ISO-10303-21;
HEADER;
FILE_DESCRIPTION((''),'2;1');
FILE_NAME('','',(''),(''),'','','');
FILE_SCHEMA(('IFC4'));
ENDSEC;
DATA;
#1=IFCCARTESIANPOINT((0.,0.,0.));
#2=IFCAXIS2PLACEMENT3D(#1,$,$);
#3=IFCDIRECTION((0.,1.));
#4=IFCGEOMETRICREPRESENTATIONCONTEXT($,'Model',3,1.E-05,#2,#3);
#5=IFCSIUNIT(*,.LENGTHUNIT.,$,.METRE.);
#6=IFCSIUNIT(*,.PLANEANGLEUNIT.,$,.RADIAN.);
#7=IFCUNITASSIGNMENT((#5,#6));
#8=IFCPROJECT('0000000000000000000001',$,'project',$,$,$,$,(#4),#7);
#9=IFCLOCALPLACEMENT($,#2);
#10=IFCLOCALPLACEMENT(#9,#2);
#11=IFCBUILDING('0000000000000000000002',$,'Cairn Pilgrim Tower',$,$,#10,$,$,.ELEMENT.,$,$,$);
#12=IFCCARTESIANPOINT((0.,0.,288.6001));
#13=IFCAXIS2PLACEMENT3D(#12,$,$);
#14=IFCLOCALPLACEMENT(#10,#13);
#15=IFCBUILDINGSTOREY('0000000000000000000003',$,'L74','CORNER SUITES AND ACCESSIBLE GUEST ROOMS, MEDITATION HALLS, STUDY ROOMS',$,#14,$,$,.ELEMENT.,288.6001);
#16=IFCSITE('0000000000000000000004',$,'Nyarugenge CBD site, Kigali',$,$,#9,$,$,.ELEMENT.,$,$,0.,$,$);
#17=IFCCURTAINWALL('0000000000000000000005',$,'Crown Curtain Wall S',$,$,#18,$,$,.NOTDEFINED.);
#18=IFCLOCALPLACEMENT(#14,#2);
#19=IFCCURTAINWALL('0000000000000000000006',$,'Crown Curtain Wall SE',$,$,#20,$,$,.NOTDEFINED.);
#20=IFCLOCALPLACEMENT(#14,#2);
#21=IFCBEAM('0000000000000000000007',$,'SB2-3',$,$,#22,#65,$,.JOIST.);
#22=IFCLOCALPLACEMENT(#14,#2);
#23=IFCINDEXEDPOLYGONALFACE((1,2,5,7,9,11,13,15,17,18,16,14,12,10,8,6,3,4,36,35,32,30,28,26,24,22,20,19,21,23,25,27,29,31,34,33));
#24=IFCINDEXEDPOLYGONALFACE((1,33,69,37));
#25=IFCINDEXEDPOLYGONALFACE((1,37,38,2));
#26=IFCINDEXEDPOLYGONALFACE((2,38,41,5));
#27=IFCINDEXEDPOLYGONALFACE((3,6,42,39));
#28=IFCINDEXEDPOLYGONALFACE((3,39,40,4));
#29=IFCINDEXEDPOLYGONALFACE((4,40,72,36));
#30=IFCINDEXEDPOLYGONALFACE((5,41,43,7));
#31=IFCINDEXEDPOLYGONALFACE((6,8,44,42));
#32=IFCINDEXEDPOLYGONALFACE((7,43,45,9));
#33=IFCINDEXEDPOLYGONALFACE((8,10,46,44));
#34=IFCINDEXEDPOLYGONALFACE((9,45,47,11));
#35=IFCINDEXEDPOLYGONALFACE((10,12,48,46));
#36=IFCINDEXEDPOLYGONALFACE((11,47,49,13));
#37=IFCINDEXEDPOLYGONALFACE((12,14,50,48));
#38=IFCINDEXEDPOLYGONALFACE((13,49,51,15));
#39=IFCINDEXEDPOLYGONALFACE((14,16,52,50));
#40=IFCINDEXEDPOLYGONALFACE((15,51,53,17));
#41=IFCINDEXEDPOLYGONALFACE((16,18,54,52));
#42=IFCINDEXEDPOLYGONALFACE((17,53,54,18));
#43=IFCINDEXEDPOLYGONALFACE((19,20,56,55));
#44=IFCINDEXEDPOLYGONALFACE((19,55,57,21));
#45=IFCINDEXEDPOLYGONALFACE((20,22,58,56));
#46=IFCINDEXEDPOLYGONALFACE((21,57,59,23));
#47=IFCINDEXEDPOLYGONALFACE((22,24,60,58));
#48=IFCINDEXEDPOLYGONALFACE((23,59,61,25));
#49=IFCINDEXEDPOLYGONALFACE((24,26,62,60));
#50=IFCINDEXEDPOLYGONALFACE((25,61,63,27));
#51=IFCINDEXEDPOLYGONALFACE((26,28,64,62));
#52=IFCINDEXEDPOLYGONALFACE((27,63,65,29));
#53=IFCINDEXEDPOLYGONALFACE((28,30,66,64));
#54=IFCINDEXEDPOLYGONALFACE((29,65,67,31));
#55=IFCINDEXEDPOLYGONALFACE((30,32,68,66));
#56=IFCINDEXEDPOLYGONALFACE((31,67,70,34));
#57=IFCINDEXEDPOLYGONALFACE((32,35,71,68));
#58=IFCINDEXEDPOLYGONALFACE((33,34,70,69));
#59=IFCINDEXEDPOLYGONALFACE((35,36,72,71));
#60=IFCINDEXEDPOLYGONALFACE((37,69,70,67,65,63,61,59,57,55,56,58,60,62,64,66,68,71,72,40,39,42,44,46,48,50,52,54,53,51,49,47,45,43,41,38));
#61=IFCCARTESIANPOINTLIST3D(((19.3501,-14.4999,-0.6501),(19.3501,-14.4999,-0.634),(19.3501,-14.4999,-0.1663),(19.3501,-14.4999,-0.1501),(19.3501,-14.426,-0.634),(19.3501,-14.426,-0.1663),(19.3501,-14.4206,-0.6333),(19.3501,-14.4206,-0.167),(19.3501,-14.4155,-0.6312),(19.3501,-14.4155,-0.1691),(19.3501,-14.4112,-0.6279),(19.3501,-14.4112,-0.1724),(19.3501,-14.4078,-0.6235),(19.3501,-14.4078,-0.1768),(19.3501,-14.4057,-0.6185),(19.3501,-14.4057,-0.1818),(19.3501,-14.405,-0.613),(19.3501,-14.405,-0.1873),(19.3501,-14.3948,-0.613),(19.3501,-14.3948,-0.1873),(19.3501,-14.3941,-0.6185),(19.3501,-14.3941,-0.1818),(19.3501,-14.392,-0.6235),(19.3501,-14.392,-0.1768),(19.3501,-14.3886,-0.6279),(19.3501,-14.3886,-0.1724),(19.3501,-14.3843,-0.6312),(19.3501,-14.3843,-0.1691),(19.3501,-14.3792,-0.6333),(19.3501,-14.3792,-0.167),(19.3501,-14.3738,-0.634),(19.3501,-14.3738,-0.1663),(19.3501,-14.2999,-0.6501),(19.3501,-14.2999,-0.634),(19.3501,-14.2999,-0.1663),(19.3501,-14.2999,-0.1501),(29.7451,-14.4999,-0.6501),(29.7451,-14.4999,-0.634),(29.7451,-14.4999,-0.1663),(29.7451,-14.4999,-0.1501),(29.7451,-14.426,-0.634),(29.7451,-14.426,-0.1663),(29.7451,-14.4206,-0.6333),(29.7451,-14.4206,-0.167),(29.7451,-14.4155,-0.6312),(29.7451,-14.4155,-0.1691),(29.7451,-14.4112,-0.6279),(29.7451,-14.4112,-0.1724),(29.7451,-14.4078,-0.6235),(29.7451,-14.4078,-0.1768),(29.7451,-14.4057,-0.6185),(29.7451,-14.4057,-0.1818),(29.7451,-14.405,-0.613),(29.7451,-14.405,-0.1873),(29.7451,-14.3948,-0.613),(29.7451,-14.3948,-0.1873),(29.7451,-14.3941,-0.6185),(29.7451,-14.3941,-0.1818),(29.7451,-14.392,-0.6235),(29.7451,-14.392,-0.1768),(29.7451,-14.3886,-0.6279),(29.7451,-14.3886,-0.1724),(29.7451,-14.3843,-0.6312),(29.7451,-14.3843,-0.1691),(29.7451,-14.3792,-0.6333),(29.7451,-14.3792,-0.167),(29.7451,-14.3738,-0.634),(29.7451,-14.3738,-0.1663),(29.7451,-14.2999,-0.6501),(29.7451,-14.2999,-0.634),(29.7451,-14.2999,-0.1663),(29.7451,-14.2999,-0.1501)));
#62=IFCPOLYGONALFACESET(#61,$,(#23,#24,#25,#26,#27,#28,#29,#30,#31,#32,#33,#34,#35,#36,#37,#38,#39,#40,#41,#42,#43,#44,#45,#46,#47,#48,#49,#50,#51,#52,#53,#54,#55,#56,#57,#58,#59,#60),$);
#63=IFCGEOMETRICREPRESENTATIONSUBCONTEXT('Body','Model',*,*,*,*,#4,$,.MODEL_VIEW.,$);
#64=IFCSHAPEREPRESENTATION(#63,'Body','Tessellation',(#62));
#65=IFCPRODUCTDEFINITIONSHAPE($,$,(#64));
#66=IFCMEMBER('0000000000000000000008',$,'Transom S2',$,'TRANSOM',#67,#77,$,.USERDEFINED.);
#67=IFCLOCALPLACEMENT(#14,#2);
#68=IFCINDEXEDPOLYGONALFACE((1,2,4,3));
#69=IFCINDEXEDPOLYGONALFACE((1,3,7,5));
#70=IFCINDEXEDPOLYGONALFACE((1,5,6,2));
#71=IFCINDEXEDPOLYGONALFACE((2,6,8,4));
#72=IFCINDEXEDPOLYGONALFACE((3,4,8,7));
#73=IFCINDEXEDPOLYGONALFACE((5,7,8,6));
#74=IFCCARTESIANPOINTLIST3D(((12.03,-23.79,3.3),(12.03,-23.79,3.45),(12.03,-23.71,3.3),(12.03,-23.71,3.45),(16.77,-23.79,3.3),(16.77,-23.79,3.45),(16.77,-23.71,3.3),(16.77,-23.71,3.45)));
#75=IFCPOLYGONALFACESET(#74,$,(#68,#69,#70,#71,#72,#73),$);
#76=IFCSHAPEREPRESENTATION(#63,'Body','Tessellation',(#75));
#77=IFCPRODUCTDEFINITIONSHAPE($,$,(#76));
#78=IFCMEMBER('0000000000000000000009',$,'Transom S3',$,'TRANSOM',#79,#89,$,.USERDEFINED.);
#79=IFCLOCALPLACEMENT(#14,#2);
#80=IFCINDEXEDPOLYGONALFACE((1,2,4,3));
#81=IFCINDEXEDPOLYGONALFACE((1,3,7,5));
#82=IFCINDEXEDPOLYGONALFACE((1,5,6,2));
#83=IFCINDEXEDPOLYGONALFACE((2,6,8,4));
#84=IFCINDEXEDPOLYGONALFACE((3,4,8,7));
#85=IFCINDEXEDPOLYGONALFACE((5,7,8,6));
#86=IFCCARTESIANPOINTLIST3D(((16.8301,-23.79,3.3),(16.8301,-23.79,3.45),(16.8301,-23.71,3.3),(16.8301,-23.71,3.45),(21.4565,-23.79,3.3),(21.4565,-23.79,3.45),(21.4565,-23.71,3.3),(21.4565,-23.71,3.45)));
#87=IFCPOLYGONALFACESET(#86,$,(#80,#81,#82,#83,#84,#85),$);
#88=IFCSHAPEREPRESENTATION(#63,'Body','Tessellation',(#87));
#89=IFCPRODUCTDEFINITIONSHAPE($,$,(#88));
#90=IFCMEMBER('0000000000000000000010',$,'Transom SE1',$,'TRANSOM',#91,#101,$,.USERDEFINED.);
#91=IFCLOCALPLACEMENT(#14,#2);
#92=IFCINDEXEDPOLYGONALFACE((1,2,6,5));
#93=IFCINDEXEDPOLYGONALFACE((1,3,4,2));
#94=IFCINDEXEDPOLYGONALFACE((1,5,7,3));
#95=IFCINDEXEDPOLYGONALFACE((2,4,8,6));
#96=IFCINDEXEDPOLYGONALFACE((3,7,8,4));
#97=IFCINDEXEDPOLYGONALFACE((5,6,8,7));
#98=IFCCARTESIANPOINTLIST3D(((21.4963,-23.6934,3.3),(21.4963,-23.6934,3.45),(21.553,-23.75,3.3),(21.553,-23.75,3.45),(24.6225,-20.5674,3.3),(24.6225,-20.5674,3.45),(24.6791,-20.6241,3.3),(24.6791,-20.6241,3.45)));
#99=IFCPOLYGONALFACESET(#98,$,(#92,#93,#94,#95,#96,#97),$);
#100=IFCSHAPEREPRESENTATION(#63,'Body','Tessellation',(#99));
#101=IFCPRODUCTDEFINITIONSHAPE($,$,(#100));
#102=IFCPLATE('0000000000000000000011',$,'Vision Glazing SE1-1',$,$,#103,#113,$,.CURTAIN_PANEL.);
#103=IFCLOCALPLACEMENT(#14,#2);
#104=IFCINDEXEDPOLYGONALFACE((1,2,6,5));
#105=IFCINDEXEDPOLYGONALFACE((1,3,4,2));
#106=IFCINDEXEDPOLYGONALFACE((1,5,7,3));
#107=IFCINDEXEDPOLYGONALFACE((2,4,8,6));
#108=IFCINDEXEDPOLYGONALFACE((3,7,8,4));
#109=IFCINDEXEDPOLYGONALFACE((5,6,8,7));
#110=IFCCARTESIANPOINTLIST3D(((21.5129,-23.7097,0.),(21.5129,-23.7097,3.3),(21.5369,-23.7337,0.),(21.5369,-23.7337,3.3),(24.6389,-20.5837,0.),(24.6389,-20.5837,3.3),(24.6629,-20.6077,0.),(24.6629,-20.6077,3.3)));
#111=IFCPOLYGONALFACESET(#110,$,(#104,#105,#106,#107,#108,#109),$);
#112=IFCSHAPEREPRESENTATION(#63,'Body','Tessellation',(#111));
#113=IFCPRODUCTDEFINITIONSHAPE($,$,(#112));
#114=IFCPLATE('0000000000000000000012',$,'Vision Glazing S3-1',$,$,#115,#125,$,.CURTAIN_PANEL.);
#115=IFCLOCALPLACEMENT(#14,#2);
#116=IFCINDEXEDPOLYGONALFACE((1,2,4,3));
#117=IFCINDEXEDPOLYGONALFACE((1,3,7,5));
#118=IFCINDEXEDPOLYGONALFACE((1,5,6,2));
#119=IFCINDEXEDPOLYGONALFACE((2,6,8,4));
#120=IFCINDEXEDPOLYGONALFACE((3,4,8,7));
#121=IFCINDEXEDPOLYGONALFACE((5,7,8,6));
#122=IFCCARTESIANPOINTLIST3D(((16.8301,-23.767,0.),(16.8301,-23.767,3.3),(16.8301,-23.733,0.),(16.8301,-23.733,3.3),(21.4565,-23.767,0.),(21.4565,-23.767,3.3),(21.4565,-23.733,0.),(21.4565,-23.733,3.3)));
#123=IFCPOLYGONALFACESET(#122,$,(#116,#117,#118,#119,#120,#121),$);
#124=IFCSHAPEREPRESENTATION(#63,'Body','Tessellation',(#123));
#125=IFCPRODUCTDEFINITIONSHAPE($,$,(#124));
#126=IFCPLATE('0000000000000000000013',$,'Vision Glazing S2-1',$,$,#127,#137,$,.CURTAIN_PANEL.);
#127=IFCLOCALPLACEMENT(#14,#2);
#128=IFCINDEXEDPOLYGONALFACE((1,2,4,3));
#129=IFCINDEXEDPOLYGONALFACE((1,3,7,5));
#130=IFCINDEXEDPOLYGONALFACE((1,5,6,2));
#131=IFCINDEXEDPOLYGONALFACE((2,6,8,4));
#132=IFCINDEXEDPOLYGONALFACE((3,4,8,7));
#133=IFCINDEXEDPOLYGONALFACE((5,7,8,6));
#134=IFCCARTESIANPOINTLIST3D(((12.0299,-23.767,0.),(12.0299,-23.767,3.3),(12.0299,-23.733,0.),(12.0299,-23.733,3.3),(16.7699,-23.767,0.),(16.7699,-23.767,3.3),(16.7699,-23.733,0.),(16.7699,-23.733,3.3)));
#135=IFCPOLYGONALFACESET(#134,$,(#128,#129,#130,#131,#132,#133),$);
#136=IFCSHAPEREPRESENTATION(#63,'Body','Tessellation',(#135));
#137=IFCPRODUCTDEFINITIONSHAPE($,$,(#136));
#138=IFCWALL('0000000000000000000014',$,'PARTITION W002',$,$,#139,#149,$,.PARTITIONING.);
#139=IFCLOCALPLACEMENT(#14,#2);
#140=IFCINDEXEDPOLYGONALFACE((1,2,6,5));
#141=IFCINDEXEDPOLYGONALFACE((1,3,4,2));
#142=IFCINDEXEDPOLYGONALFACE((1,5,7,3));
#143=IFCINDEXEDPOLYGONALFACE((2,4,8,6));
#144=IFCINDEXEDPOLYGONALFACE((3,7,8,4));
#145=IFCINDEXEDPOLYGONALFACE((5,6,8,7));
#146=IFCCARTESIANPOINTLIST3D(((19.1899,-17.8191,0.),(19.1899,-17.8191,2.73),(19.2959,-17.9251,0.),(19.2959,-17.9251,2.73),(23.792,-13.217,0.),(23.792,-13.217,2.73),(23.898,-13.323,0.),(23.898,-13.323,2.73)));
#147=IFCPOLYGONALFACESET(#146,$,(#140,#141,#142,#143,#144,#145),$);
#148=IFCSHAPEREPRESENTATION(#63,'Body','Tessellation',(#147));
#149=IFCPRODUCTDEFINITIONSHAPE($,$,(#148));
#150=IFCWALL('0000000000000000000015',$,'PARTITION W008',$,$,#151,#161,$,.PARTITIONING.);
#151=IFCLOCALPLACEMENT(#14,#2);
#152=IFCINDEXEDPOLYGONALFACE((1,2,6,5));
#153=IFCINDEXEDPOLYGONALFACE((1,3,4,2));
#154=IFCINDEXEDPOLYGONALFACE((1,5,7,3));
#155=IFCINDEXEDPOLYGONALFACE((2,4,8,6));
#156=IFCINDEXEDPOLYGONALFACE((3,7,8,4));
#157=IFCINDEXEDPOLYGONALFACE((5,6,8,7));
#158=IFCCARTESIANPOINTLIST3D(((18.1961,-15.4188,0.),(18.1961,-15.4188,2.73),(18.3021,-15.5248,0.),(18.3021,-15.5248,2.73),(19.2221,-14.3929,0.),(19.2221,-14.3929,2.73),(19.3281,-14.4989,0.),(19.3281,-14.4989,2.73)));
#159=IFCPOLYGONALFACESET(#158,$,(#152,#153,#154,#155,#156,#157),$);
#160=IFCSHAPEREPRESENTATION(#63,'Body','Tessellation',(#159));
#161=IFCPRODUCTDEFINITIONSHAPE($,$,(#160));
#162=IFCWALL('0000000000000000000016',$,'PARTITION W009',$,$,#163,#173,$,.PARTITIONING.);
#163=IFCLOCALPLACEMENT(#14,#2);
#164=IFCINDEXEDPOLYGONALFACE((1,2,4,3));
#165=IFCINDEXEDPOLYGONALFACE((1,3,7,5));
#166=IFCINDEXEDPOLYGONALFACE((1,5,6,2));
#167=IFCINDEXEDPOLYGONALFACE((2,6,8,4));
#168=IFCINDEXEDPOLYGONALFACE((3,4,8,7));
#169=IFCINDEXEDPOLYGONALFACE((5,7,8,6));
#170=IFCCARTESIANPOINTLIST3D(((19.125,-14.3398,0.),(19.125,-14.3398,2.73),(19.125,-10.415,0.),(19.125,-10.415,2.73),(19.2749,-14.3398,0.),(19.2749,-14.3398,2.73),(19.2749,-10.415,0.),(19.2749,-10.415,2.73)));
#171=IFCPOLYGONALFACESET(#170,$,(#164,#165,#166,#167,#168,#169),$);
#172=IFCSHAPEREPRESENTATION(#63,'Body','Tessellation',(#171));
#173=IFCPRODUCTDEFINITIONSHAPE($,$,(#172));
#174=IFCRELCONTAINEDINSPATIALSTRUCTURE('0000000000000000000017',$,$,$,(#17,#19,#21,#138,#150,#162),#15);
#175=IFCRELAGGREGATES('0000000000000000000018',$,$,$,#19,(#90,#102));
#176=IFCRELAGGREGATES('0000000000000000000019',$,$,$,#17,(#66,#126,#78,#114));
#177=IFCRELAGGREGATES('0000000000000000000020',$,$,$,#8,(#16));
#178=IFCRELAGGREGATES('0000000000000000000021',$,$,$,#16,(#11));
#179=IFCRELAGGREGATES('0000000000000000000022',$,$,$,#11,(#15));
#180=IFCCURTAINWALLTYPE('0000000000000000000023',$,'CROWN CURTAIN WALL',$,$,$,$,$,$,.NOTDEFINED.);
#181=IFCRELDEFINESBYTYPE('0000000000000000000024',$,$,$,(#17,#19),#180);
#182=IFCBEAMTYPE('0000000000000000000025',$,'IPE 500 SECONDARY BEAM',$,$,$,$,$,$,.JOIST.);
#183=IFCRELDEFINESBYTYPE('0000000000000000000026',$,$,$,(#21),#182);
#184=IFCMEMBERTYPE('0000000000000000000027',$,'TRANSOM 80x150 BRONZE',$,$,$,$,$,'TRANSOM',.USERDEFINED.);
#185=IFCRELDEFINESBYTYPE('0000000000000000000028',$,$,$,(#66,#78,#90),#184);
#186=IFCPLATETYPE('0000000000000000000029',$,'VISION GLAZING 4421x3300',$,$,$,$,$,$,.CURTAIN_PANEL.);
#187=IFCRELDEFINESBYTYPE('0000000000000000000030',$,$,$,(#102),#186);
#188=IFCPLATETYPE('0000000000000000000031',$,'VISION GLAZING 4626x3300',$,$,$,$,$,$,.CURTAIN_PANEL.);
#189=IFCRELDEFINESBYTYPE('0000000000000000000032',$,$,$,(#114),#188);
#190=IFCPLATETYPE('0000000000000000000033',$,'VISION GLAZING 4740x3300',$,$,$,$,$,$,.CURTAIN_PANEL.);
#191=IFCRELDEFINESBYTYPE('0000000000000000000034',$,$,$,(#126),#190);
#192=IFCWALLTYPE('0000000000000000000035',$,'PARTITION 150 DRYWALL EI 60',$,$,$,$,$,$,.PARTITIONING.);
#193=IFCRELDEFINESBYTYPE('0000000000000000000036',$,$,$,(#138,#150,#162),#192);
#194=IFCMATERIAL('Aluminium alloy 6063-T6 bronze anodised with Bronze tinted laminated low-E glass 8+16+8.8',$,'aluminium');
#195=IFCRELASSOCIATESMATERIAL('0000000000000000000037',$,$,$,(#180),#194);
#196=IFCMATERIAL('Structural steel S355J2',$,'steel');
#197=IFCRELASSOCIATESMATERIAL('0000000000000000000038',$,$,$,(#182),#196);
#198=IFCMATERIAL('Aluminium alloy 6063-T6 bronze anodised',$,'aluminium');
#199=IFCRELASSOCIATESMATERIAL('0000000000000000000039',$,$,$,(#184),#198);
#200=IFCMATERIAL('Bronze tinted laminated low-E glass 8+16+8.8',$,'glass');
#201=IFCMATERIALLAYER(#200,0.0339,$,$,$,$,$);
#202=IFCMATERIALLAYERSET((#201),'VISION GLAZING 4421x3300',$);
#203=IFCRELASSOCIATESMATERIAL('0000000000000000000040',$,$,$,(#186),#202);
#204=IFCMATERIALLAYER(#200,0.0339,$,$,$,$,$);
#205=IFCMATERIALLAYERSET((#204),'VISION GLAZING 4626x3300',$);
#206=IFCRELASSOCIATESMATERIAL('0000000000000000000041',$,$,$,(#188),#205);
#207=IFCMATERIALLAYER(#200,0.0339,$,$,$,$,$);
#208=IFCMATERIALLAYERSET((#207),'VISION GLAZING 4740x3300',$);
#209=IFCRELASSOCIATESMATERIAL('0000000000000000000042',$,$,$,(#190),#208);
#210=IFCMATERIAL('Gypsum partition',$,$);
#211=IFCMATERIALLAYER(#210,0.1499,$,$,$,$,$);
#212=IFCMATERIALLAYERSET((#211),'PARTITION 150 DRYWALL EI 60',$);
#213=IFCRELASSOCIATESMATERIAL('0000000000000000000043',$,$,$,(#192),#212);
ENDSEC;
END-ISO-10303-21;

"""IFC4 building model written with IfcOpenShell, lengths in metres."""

from ifc_helpers import new_model, si_unit, direction, frame, frame_2d, origin, origin_2d, place, context, subcontext, project, spatial, rectangle, i_section, extrude, material, layer, layer_set, material_profile, profile_set, type_object, element, aggregate, save


model = new_model("IFC4")

# Units and contexts
model_context = context("Model", 3, precision=1e-05, world=origin(), true_north=direction((0.0, 1.0)))
body_context = subcontext(model_context, "Body", "Model", "MODEL_VIEW")
ifc_project = project(units=[si_unit("LENGTHUNIT", "METRE"), si_unit("PLANEANGLEUNIT", "RADIAN")], contexts=[model_context])

# Site, building, storey
site_placement = place(None, origin())
site = spatial("IfcSite", under=ifc_project, at=site_placement, Name="Nyarugenge CBD site, Kigali", CompositionType="ELEMENT", RefElevation=0.0)
building_placement = place(site_placement, origin())
building = spatial("IfcBuilding", under=site, at=building_placement, Name="Cairn Pilgrim Tower", CompositionType="ELEMENT")
storey_placement = place(building_placement, frame((0.0, 0.0, 288.6001)))
storey = spatial("IfcBuildingStorey", under=building, at=storey_placement, Name="L74", Description="CORNER SUITES AND ACCESSIBLE GUEST ROOMS, MEDITATION HALLS, STUDY ROOMS", CompositionType="ELEMENT", Elevation=288.6001)

# Shared definitions
ifc_material_1 = material(Name="Structural steel S355J2", Category="steel")

# Curtain wall
ifc_material_2 = material(Name="Aluminium alloy 6063-T6 bronze anodised with Bronze tinted laminated low-E glass 8+16+8.8", Category="aluminium")
curtain_wall_type = type_object("IfcCurtainWallType", Name="CROWN CURTAIN WALL", PredefinedType="NOTDEFINED", material=ifc_material_2)
curtain_wall_1_placement = place(storey_placement, origin())
curtain_wall_1 = element("IfcCurtainWall", 1, at=curtain_wall_1_placement, inside=storey, type_object=curtain_wall_type, Name="Crown Curtain Wall S", PredefinedType="NOTDEFINED")
ifc_material_3 = material(Name="Aluminium alloy 6063-T6 bronze anodised", Category="aluminium")

# Curtain wall
curtain_wall_2_placement = place(storey_placement, origin())
curtain_wall_2 = element("IfcCurtainWall", 2, at=curtain_wall_2_placement, inside=storey, type_object=curtain_wall_type, Name="Crown Curtain Wall SE", PredefinedType="NOTDEFINED")

# Beam
ifc_material_profile_1 = material_profile(ifc_material_1, i_section(OverallWidth=0.2, OverallDepth=0.5, WebThickness=0.0103, FlangeThickness=0.0161, FilletRadius=0.021, at=origin_2d()), Name="IPE 500")
ifc_profile_set_1 = profile_set([ifc_material_profile_1], Name="Structural steel S355J2")
beam_type_1 = type_object("IfcBeamType", Name="IPE 500 SECONDARY BEAM", PredefinedType="JOIST", material=ifc_profile_set_1)
beam_1_placement = place(storey_placement, frame((19.3501, -14.3999, -0.4001), z_axis=(1.0, 0.0, 0.0), x_axis=(0.0, 1.0, 0.0)))
element("IfcBeam", 3, at=beam_1_placement, inside=storey, type_object=beam_type_1, Name="SB2-3", PredefinedType="JOIST", context=body_context, shape_type="SweptSolid", body=[
    extrude(i_section(OverallWidth=0.2, OverallDepth=0.5, WebThickness=0.0103, FlangeThickness=0.0161, FilletRadius=0.021, at=origin_2d()), origin(), (0.0, 0.0, 1.0), 10.395),
])

# Members
ifc_material_profile_2 = material_profile(ifc_material_3, rectangle(XDim=0.0801, YDim=0.1499, at=origin_2d()), Name="TRANSOM 80x150 BRONZE")
ifc_profile_set_2 = profile_set([ifc_material_profile_2], Name="Aluminium alloy 6063-T6 bronze anodised")
member_type_1 = type_object("IfcMemberType", Name="TRANSOM 80x150 BRONZE", ElementType="TRANSOM", PredefinedType="USERDEFINED", material=ifc_profile_set_2)
member_1_placement = place(storey_placement, frame((12.03, -23.75, 3.375), z_axis=(1.0, 0.0, 0.0), x_axis=(0.0, 1.0, 0.0)))
member_1 = element("IfcMember", 4, at=member_1_placement, type_object=member_type_1, Name="Transom S2", ObjectType="TRANSOM", PredefinedType="USERDEFINED", context=body_context, shape_type="SweptSolid", body=[
    extrude(rectangle(XDim=0.0801, YDim=0.1499, at=origin_2d()), origin(), (0.0, 0.0, 1.0), 4.74),
])
member_2_placement = place(storey_placement, frame((16.8301, -23.75, 3.375), z_axis=(1.0, 0.0, 0.0), x_axis=(0.0, 1.0, 0.0)))
member_2 = element("IfcMember", 5, at=member_2_placement, type_object=member_type_1, Name="Transom S3", ObjectType="TRANSOM", PredefinedType="USERDEFINED", context=body_context, shape_type="SweptSolid", body=[
    extrude(rectangle(XDim=0.0801, YDim=0.1499, at=origin_2d()), origin(), (0.0, 0.0, 1.0), 4.6265),
])
member_3_placement = place(storey_placement, frame((21.5247, -23.7217, 3.375), z_axis=(0.707134, 0.707079, 0.0), x_axis=(-0.707079, 0.707134, 0.0)))
member_3 = element("IfcMember", 6, at=member_3_placement, type_object=member_type_1, Name="Transom SE1", ObjectType="TRANSOM", PredefinedType="USERDEFINED", context=body_context, shape_type="SweptSolid", body=[
    extrude(rectangle(XDim=0.0801, YDim=0.1499, at=origin_2d()), origin(), (0.0, 0.0, 1.0), 4.4209),
])

# Plates
ifc_material_4 = material(Name="Bronze tinted laminated low-E glass 8+16+8.8", Category="glass")
ifc_layer_1 = layer(ifc_material_4, 0.0339)
ifc_layer_set_1 = layer_set([ifc_layer_1], Name="VISION GLAZING 4421x3300")
plate_type_1 = type_object("IfcPlateType", Name="VISION GLAZING 4421x3300", PredefinedType="CURTAIN_PANEL", material=ifc_layer_set_1)
plate_1_placement = place(storey_placement, frame((23.0879, -22.1587, 0.0), z_axis=(0.0, 0.0, 1.0), x_axis=(0.707107, 0.707107, 0.0)))
plate_1 = element("IfcPlate", 7, at=plate_1_placement, type_object=plate_type_1, Name="Vision Glazing SE1-1", PredefinedType="CURTAIN_PANEL", context=body_context, shape_type="SweptSolid", body=[
    extrude(rectangle(XDim=4.4209, YDim=0.0339, at=origin_2d()), origin(), (0.0, 0.0, 1.0), 3.3),
])
aggregate(curtain_wall_2, [member_3, plate_1])
ifc_layer_2 = layer(ifc_material_4, 0.0339)
ifc_layer_set_2 = layer_set([ifc_layer_2], Name="VISION GLAZING 4626x3300")
plate_type_2 = type_object("IfcPlateType", Name="VISION GLAZING 4626x3300", PredefinedType="CURTAIN_PANEL", material=ifc_layer_set_2)
plate_2_placement = place(storey_placement, frame((19.1433, -23.75, 0.0), z_axis=(0.0, 0.0, 1.0), x_axis=(1.0, 0.0, 0.0)))
plate_2 = element("IfcPlate", 8, at=plate_2_placement, type_object=plate_type_2, Name="Vision Glazing S3-1", PredefinedType="CURTAIN_PANEL", context=body_context, shape_type="SweptSolid", body=[
    extrude(rectangle(XDim=4.6265, YDim=0.0339, at=origin_2d()), origin(), (0.0, 0.0, 1.0), 3.3),
])
ifc_layer_3 = layer(ifc_material_4, 0.0339)
ifc_layer_set_3 = layer_set([ifc_layer_3], Name="VISION GLAZING 4740x3300")
plate_type_3 = type_object("IfcPlateType", Name="VISION GLAZING 4740x3300", PredefinedType="CURTAIN_PANEL", material=ifc_layer_set_3)
plate_3_placement = place(storey_placement, frame((14.3999, -23.75, 0.0), z_axis=(0.0, 0.0, 1.0), x_axis=(1.0, 0.0, 0.0)))
plate_3 = element("IfcPlate", 9, at=plate_3_placement, type_object=plate_type_3, Name="Vision Glazing S2-1", PredefinedType="CURTAIN_PANEL", context=body_context, shape_type="SweptSolid", body=[
    extrude(rectangle(XDim=4.74, YDim=0.0339, at=origin_2d()), origin(), (0.0, 0.0, 1.0), 3.3),
])
aggregate(curtain_wall_1, [member_1, plate_3, member_2, plate_2])

# Walls
ifc_material_5 = material(Name="Gypsum partition")
ifc_layer_4 = layer(ifc_material_5, 0.1499)
ifc_layer_set_4 = layer_set([ifc_layer_4], Name="PARTITION 150 DRYWALL EI 60")
wall_type = type_object("IfcWallType", Name="PARTITION 150 DRYWALL EI 60", PredefinedType="PARTITIONING", material=ifc_layer_set_4)
wall_1_placement = place(storey_placement, frame((19.2429, -17.8721, 0.0), z_axis=(0.0, 0.0, 1.0), x_axis=(0.707107, 0.707107, 0.0)))
element("IfcWall", 10, at=wall_1_placement, inside=storey, type_object=wall_type, Name="PARTITION W002", PredefinedType="PARTITIONING", context=body_context, shape_type="SweptSolid", body=[
    extrude(rectangle(XDim=6.5083, YDim=0.1499, at=frame_2d((3.2542, 0.0))), origin(), (0.0, 0.0, 1.0), 2.73),
])
wall_2_placement = place(storey_placement, frame((18.249, -15.4719, 0.0), z_axis=(0.0, 0.0, 1.0), x_axis=(0.707107, 0.707107, 0.0)))
element("IfcWall", 11, at=wall_2_placement, inside=storey, type_object=wall_type, Name="PARTITION W008", PredefinedType="PARTITIONING", context=body_context, shape_type="SweptSolid", body=[
    extrude(rectangle(XDim=1.4509, YDim=0.1499, at=frame_2d((0.7256, 0.0))), origin(), (0.0, 0.0, 1.0), 2.73),
])
wall_3_placement = place(storey_placement, frame((19.2, -14.3398, 0.0), z_axis=(0.0, 0.0, 1.0), x_axis=(0.0, 1.0, 0.0)))
element("IfcWall", 12, at=wall_3_placement, inside=storey, type_object=wall_type, Name="PARTITION W009", PredefinedType="PARTITIONING", context=body_context, shape_type="SweptSolid", body=[
    extrude(rectangle(XDim=3.9248, YDim=0.1499, at=frame_2d((1.9624, 0.0))), origin(), (0.0, 0.0, 1.0), 2.73),
])

save(model, "model.ifc")
